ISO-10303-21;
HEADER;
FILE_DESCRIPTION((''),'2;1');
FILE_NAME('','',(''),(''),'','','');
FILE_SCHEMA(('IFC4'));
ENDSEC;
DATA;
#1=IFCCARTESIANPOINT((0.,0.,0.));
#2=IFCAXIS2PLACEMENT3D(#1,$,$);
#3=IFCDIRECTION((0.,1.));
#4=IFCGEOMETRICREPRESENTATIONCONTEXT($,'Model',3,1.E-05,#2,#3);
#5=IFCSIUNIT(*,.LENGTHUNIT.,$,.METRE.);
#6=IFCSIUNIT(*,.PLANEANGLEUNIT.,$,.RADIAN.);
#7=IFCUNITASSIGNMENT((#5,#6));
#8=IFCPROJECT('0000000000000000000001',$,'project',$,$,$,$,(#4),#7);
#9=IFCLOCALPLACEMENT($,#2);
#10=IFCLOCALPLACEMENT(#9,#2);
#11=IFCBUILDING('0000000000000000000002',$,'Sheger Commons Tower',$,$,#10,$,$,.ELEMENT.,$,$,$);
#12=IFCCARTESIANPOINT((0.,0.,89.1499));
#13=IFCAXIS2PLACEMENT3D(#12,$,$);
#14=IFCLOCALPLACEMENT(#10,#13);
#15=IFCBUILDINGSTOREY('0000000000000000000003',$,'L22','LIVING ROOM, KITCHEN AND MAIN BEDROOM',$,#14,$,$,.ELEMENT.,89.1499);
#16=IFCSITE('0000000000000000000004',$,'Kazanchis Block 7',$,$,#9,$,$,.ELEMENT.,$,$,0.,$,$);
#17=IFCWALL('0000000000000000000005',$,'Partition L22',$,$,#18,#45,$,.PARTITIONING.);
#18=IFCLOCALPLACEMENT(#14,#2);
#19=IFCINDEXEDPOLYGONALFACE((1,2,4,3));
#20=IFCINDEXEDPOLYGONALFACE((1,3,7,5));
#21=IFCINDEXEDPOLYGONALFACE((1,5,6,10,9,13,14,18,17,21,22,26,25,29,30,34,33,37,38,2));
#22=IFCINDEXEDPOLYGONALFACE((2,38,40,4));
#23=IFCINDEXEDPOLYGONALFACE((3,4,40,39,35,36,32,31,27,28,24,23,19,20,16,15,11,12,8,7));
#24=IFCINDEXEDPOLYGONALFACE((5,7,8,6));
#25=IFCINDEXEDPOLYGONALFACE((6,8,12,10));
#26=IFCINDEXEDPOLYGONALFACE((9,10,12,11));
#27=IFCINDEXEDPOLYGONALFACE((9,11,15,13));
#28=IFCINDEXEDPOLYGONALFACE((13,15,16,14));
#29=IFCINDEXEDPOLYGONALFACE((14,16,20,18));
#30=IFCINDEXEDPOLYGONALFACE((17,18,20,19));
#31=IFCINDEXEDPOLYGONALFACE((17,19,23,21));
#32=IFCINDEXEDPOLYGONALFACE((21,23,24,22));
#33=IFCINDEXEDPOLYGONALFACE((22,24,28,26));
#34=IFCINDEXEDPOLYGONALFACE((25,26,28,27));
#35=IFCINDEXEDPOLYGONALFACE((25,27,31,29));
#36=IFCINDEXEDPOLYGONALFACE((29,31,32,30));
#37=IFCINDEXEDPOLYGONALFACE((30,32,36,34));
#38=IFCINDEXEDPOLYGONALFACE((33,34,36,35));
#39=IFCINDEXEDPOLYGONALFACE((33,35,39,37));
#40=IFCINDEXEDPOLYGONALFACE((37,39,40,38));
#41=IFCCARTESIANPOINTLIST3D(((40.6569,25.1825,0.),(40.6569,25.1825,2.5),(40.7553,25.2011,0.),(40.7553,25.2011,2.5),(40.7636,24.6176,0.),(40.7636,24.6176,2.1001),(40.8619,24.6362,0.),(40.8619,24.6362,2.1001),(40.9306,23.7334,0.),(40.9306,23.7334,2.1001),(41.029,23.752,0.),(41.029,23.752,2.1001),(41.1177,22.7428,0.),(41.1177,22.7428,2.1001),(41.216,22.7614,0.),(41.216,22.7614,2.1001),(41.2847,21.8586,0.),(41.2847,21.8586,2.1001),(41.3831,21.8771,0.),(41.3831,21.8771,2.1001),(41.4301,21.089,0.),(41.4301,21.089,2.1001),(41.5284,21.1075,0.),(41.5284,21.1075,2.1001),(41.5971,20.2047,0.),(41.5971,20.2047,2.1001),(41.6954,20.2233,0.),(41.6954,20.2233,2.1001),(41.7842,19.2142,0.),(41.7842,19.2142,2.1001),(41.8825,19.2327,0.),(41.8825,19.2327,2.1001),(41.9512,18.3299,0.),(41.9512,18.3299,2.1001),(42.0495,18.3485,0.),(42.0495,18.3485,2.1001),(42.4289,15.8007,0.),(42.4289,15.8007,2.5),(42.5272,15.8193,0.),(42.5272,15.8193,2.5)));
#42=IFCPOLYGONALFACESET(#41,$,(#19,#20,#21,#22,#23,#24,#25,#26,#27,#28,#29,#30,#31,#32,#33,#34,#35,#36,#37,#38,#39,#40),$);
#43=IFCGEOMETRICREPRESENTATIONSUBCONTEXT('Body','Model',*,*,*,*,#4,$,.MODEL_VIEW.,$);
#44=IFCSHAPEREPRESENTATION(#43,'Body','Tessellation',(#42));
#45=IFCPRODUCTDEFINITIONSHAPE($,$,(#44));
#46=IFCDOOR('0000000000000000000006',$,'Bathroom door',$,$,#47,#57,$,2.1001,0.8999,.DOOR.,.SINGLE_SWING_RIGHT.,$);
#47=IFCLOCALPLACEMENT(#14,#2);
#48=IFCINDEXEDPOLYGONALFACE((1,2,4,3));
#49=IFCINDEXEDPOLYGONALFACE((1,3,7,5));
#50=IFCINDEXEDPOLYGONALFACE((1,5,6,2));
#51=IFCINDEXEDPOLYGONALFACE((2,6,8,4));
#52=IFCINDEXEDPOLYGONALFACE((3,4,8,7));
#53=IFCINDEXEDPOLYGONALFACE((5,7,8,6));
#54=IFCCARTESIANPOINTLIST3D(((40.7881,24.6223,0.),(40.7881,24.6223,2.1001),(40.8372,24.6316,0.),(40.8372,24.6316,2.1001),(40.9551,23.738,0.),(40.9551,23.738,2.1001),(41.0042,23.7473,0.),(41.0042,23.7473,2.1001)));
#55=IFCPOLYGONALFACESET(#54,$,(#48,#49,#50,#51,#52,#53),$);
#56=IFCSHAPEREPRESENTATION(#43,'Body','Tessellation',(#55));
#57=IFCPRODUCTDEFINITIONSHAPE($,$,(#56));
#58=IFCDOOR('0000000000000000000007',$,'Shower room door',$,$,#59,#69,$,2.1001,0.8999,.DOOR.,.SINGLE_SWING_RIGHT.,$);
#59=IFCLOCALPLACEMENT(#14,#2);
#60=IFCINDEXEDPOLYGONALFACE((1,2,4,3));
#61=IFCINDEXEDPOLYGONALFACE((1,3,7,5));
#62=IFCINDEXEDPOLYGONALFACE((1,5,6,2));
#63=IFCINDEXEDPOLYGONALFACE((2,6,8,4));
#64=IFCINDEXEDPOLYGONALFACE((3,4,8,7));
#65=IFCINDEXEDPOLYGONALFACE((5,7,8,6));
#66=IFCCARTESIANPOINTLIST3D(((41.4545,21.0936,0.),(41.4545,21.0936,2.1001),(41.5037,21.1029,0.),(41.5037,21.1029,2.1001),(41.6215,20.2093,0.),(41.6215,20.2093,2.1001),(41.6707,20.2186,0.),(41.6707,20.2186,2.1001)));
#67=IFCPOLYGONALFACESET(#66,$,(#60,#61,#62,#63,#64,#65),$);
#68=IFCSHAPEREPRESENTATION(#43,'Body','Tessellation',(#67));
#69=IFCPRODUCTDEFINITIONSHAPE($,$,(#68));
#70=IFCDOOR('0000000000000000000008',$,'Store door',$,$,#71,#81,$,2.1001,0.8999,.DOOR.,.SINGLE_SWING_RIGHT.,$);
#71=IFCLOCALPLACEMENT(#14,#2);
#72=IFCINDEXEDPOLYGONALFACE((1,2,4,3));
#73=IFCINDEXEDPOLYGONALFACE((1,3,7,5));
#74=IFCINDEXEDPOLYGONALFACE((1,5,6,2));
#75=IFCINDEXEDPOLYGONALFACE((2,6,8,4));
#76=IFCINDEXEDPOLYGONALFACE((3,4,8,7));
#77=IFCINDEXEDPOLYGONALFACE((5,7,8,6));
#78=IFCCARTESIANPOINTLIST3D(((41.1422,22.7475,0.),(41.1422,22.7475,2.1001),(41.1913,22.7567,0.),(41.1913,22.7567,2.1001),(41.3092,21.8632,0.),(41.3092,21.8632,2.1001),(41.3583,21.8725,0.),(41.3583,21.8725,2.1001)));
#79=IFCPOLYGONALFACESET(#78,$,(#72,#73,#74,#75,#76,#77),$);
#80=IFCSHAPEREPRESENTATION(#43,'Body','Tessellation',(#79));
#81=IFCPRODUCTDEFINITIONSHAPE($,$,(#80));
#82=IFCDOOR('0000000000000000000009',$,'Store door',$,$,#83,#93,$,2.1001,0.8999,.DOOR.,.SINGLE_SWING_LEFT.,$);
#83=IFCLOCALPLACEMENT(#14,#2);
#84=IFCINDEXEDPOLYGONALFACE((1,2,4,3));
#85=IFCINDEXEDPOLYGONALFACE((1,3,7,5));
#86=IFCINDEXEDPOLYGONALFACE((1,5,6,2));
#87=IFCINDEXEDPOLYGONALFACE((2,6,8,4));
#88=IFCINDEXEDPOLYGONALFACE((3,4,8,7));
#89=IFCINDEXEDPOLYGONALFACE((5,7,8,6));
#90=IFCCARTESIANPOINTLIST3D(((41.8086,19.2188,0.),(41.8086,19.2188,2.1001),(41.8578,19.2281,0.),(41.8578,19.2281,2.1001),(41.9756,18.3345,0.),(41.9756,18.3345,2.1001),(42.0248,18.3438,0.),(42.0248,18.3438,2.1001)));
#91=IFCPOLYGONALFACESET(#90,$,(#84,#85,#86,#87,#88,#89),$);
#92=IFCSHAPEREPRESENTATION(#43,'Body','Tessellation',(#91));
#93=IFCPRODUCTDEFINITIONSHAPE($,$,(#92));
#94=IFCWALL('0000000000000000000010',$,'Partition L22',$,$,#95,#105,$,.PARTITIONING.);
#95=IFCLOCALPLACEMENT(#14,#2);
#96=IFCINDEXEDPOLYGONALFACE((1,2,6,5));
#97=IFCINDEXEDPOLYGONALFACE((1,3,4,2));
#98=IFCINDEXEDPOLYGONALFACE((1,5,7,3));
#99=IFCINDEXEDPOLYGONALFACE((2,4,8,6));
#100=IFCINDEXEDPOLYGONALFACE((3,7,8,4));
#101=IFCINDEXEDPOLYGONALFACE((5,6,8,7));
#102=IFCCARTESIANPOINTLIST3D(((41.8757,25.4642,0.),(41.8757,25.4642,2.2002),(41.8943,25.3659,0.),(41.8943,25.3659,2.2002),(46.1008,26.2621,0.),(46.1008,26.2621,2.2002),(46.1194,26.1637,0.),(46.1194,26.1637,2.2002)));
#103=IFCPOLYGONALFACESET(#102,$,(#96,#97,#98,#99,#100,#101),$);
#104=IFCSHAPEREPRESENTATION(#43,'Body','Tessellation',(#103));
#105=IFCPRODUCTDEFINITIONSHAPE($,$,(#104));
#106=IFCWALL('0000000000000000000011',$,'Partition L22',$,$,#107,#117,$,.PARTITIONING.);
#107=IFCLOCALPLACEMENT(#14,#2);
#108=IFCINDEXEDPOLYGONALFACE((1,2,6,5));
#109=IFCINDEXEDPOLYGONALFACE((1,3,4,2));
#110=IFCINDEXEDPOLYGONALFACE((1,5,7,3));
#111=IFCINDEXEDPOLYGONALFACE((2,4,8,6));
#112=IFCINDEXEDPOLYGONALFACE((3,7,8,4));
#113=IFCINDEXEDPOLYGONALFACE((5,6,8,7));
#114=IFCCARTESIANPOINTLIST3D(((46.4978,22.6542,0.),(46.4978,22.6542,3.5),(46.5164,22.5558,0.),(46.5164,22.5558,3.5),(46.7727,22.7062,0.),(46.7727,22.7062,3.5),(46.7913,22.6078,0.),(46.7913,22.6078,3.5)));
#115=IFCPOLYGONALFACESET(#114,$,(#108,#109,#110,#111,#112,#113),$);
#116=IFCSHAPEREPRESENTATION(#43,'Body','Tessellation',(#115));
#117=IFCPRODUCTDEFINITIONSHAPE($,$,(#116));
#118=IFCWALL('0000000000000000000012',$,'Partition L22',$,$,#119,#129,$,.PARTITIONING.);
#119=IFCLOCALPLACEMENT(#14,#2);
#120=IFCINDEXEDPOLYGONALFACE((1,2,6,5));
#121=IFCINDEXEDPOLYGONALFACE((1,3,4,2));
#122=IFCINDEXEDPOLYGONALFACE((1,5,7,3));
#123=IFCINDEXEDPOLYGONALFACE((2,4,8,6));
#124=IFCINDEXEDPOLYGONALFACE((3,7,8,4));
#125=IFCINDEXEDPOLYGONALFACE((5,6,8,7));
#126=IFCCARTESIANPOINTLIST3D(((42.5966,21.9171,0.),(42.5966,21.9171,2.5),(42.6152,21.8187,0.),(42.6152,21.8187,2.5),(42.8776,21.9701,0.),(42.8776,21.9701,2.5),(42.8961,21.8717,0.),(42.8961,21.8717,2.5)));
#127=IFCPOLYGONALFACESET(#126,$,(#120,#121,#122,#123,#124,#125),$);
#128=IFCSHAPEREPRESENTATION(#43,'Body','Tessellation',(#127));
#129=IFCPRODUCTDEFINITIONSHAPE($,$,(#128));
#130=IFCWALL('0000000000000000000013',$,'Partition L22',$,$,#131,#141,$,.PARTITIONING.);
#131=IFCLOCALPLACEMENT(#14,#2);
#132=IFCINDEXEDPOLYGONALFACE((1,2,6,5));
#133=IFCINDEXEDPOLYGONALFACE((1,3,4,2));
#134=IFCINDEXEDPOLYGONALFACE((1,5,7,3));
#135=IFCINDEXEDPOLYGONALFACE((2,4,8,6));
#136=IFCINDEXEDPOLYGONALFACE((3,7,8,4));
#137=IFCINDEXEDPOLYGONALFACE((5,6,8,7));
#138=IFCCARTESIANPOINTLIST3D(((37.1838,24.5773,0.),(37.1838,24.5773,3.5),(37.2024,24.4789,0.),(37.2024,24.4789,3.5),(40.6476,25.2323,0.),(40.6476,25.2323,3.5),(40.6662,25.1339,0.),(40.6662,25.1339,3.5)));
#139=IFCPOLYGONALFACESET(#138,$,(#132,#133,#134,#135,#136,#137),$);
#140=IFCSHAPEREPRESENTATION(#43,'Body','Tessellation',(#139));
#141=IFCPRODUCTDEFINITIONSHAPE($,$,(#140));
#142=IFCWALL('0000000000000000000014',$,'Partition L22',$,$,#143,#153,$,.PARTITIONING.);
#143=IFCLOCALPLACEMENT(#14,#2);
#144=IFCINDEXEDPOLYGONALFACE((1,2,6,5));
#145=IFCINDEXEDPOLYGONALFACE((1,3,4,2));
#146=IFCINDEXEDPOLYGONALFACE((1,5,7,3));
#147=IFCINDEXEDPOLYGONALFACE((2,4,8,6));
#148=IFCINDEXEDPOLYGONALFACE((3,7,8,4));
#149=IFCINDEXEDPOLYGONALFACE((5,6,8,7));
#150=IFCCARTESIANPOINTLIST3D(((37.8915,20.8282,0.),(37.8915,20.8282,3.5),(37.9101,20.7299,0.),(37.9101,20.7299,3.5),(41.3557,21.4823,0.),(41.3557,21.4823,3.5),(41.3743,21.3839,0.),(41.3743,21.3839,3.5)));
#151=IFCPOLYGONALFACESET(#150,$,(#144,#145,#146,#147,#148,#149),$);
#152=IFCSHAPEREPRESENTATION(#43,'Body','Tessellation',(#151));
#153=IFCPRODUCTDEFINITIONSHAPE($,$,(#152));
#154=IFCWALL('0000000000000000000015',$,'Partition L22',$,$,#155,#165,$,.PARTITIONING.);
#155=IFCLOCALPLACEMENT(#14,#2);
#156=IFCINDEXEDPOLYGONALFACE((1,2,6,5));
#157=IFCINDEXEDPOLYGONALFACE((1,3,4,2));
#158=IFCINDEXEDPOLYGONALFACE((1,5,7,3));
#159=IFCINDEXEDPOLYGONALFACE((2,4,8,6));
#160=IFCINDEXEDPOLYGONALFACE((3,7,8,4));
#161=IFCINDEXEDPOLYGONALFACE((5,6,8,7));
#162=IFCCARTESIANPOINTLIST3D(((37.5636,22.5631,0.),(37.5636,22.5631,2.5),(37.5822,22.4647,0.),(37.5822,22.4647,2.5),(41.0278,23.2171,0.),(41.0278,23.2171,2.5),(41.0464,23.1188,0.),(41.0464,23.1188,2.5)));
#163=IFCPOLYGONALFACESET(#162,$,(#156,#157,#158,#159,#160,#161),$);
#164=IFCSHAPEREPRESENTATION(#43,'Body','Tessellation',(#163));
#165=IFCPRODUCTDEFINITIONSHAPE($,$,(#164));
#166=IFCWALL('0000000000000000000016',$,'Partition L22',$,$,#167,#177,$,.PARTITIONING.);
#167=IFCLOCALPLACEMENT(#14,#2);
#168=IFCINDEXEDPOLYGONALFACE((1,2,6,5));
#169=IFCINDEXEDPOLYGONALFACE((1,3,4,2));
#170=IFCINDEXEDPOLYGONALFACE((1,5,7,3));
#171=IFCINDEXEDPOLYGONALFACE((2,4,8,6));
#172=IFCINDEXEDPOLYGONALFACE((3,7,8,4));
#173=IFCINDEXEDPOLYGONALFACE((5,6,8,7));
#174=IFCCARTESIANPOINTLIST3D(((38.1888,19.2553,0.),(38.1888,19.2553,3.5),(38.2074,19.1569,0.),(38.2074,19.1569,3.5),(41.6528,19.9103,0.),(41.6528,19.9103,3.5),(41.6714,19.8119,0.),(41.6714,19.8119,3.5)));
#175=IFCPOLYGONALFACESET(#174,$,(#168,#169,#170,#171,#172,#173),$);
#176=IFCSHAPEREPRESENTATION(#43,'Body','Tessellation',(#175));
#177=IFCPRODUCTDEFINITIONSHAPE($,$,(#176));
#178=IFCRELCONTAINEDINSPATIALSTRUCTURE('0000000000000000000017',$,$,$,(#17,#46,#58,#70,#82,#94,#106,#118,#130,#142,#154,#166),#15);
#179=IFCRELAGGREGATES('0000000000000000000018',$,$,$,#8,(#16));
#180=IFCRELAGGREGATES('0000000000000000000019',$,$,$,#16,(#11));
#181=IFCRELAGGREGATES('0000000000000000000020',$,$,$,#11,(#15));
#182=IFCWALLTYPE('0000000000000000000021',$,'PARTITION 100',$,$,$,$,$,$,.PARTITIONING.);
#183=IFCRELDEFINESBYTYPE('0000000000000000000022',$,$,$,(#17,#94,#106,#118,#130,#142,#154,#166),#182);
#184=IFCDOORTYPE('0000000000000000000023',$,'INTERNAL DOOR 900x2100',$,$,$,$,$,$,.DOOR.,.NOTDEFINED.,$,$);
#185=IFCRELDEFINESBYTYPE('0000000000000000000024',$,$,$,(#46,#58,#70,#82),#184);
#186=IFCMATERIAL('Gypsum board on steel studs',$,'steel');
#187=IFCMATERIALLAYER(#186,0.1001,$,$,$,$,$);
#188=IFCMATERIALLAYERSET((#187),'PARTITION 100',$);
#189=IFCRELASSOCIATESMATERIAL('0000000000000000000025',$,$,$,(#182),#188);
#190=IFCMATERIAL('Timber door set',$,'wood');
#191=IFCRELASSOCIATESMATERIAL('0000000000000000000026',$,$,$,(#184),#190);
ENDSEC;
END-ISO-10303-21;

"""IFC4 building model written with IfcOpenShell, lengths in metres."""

from ifc_helpers import new_model, si_unit, direction, frame, frame_2d, origin, place, context, subcontext, project, spatial, rectangle, extrude, material, layer, layer_set, type_object, element, fill, save


model = new_model("IFC4")

# Units and contexts
model_context = context("Model", 3, precision=1e-05, world=origin(), true_north=direction((0.0, 1.0)))
body_context = subcontext(model_context, "Body", "Model", "MODEL_VIEW")
ifc_project = project(units=[si_unit("LENGTHUNIT", "METRE"), si_unit("PLANEANGLEUNIT", "RADIAN")], contexts=[model_context])

# Site, building, storey
site_placement = place(None, origin())
site = spatial("IfcSite", under=ifc_project, at=site_placement, Name="Kazanchis Block 7", CompositionType="ELEMENT", RefElevation=0.0)
building_placement = place(site_placement, origin())
building = spatial("IfcBuilding", under=site, at=building_placement, Name="Sheger Commons Tower", CompositionType="ELEMENT")
storey_placement = place(building_placement, frame((0.0, 0.0, 89.1499)))
storey = spatial("IfcBuildingStorey", under=building, at=storey_placement, Name="L22", Description="LIVING ROOM, KITCHEN AND MAIN BEDROOM", CompositionType="ELEMENT", Elevation=89.1499)

# Wall, openings, doors
ifc_material_1 = material(Name="Gypsum board on steel studs", Category="steel")
ifc_layer = layer(ifc_material_1, 0.1001)
ifc_layer_set = layer_set([ifc_layer], Name="PARTITION 100")
wall_type = type_object("IfcWallType", Name="PARTITION 100", PredefinedType="PARTITIONING", material=ifc_layer_set)
ifc_material_2 = material(Name="Timber door set", Category="wood")
door_type = type_object("IfcDoorType", Name="INTERNAL DOOR 900x2100", OperationType="NOTDEFINED", PredefinedType="DOOR", material=ifc_material_2)
wall_1_placement = place(storey_placement, frame((40.7061, 25.1919, 0.0), z_axis=(0.0, 0.0, 1.0), x_axis=(0.185591, -0.982627, 0.0)))
wall_1 = element("IfcWall", 1, at=wall_1_placement, inside=storey, type_object=wall_type, Name="Partition L22", PredefinedType="PARTITIONING", context=body_context, shape_type="SweptSolid", body=[
    extrude(rectangle(XDim=9.5476, YDim=0.1001, at=frame_2d((4.7739, 0.0))), origin(), (0.0, 0.0, 1.0), 2.5),
])
opening_1_placement = place(wall_1_placement, frame((0.575, 0.0, 0.0)))
opening_1 = element("IfcOpeningElement", 2, at=opening_1_placement, cuts=wall_1, PredefinedType="OPENING", context=body_context, shape_type="SweptSolid", body=[
    extrude(rectangle(XDim=0.8999, YDim=2.1001, at=frame_2d((0.45, 1.05))), frame((0.0, 0.0601, 0.0), z_axis=(0.0, -1.0, 0.0), x_axis=(1.0, 0.0, 0.0)), (0.0, 0.0, 1.0), 0.1201),
])
opening_2_placement = place(wall_1_placement, frame((4.166, 0.0, 0.0)))
opening_2 = element("IfcOpeningElement", 3, at=opening_2_placement, cuts=wall_1, PredefinedType="OPENING", context=body_context, shape_type="SweptSolid", body=[
    extrude(rectangle(XDim=0.8999, YDim=2.1001, at=frame_2d((0.45, 1.05))), frame((0.0, 0.0601, 0.0), z_axis=(0.0, -1.0, 0.0), x_axis=(1.0, 0.0, 0.0)), (0.0, 0.0, 1.0), 0.1201),
])
opening_3_placement = place(wall_1_placement, frame((2.4829, 0.0, 0.0)))
opening_3 = element("IfcOpeningElement", 4, at=opening_3_placement, cuts=wall_1, PredefinedType="OPENING", context=body_context, shape_type="SweptSolid", body=[
    extrude(rectangle(XDim=0.8999, YDim=2.1001, at=frame_2d((0.45, 1.05))), frame((0.0, 0.0601, 0.0), z_axis=(0.0, -1.0, 0.0), x_axis=(1.0, 0.0, 0.0)), (0.0, 0.0, 1.0), 0.1201),
])
opening_4_placement = place(wall_1_placement, frame((6.074, 0.0, 0.0)))
opening_4 = element("IfcOpeningElement", 5, at=opening_4_placement, cuts=wall_1, PredefinedType="OPENING", context=body_context, shape_type="SweptSolid", body=[
    extrude(rectangle(XDim=0.8999, YDim=2.1001, at=frame_2d((0.45, 1.05))), frame((0.0, 0.0601, 0.0), z_axis=(0.0, -1.0, 0.0), x_axis=(1.0, 0.0, 0.0)), (0.0, 0.0, 1.0), 0.1201),
])
door_1_placement = place(opening_1_placement, origin())
door_1 = element("IfcDoor", 6, at=door_1_placement, inside=storey, type_object=door_type, Name="Bathroom door", OperationType="SINGLE_SWING_RIGHT", OverallHeight=2.1001, OverallWidth=0.8999, PredefinedType="DOOR", context=body_context, shape_type="SweptSolid", body=[
    extrude(rectangle(XDim=0.8999, YDim=2.1001, at=frame_2d((0.45, 1.05))), frame((0.0, 0.0249, 0.0), z_axis=(0.0, -1.0, 0.0), x_axis=(1.0, 0.0, 0.0)), (0.0, 0.0, 1.0), 0.05),
])
fill(opening_1, door_1)
door_2_placement = place(opening_2_placement, origin())
door_2 = element("IfcDoor", 7, at=door_2_placement, inside=storey, type_object=door_type, Name="Shower room door", OperationType="SINGLE_SWING_RIGHT", OverallHeight=2.1001, OverallWidth=0.8999, PredefinedType="DOOR", context=body_context, shape_type="SweptSolid", body=[
    extrude(rectangle(XDim=0.8999, YDim=2.1001, at=frame_2d((0.45, 1.05))), frame((0.0, 0.0249, 0.0), z_axis=(0.0, -1.0, 0.0), x_axis=(1.0, 0.0, 0.0)), (0.0, 0.0, 1.0), 0.05),
])
fill(opening_2, door_2)
door_3_placement = place(opening_3_placement, origin())
door_3 = element("IfcDoor", 8, at=door_3_placement, inside=storey, type_object=door_type, Name="Store door", OperationType="SINGLE_SWING_RIGHT", OverallHeight=2.1001, OverallWidth=0.8999, PredefinedType="DOOR", context=body_context, shape_type="SweptSolid", body=[
    extrude(rectangle(XDim=0.8999, YDim=2.1001, at=frame_2d((0.45, 1.05))), frame((0.0, 0.0249, 0.0), z_axis=(0.0, -1.0, 0.0), x_axis=(1.0, 0.0, 0.0)), (0.0, 0.0, 1.0), 0.05),
])
fill(opening_3, door_3)
door_4_placement = place(opening_4_placement, origin())
door_4 = element("IfcDoor", 9, at=door_4_placement, inside=storey, type_object=door_type, Name="Store door", OperationType="SINGLE_SWING_LEFT", OverallHeight=2.1001, OverallWidth=0.8999, PredefinedType="DOOR", context=body_context, shape_type="SweptSolid", body=[
    extrude(rectangle(XDim=0.8999, YDim=2.1001, at=frame_2d((0.45, 1.05))), frame((0.0, 0.0249, 0.0), z_axis=(0.0, -1.0, 0.0), x_axis=(1.0, 0.0, 0.0)), (0.0, 0.0, 1.0), 0.05),
])
fill(opening_4, door_4)

# Walls
wall_2_placement = place(storey_placement, frame((46.1101, 26.2129, 0.0), z_axis=(0.0, 0.0, 1.0), x_axis=(-0.982634, -0.185557, 0.0)))
element("IfcWall", 10, at=wall_2_placement, inside=storey, type_object=wall_type, Name="Partition L22", PredefinedType="PARTITIONING", context=body_context, shape_type="SweptSolid", body=[
    extrude(rectangle(XDim=4.2998, YDim=0.1001, at=frame_2d((2.1499, 0.0))), origin(), (0.0, 0.0, 1.0), 2.2002),
])
wall_3_placement = place(storey_placement, frame((46.782, 22.657, 0.0), z_axis=(0.0, 0.0, 1.0), x_axis=(-0.982575, -0.185869, 0.0)))
element("IfcWall", 11, at=wall_3_placement, inside=storey, type_object=wall_type, Name="Partition L22", PredefinedType="PARTITIONING", context=body_context, shape_type="SweptSolid", body=[
    extrude(rectangle(XDim=0.2798, YDim=0.1001, at=frame_2d((0.1399, 0.0))), origin(), (0.0, 0.0, 1.0), 3.5),
])
wall_4_placement = place(storey_placement, frame((42.887, 21.9209, 0.0), z_axis=(0.0, 0.0, 1.0), x_axis=(-0.982688, -0.185268, 0.0)))
element("IfcWall", 12, at=wall_4_placement, inside=storey, type_object=wall_type, Name="Partition L22", PredefinedType="PARTITIONING", context=body_context, shape_type="SweptSolid", body=[
    extrude(rectangle(XDim=0.2859, YDim=0.1001, at=frame_2d((0.1431, 0.0))), origin(), (0.0, 0.0, 1.0), 2.5),
])
wall_5_placement = place(storey_placement, frame((40.657, 25.1831, 0.0), z_axis=(0.0, 0.0, 1.0), x_axis=(-0.982586, -0.18581, 0.0)))
element("IfcWall", 13, at=wall_5_placement, inside=storey, type_object=wall_type, Name="Partition L22", PredefinedType="PARTITIONING", context=body_context, shape_type="SweptSolid", body=[
    extrude(rectangle(XDim=3.5251, YDim=0.1001, at=frame_2d((1.7627, 0.0))), origin(), (0.0, 0.0, 1.0), 3.5),
])
wall_6_placement = place(storey_placement, frame((41.365, 21.4331, 0.0), z_axis=(0.0, 0.0, 1.0), x_axis=(-0.982639, -0.18553, 0.0)))
element("IfcWall", 14, at=wall_6_placement, inside=storey, type_object=wall_type, Name="Partition L22", PredefinedType="PARTITIONING", context=body_context, shape_type="SweptSolid", body=[
    extrude(rectangle(XDim=3.5254, YDim=0.1001, at=frame_2d((1.7627, 0.0))), origin(), (0.0, 0.0, 1.0), 3.5),
])
wall_7_placement = place(storey_placement, frame((41.0371, 23.168, 0.0), z_axis=(0.0, 0.0, 1.0), x_axis=(-0.982639, -0.18553, 0.0)))
element("IfcWall", 15, at=wall_7_placement, inside=storey, type_object=wall_type, Name="Partition L22", PredefinedType="PARTITIONING", context=body_context, shape_type="SweptSolid", body=[
    extrude(rectangle(XDim=3.5254, YDim=0.1001, at=frame_2d((1.7627, 0.0))), origin(), (0.0, 0.0, 1.0), 2.5),
])
wall_8_placement = place(storey_placement, frame((41.6621, 19.8611, 0.0), z_axis=(0.0, 0.0, 1.0), x_axis=(-0.982588, -0.185798, 0.0)))
element("IfcWall", 16, at=wall_8_placement, inside=storey, type_object=wall_type, Name="Partition L22", PredefinedType="PARTITIONING", context=body_context, shape_type="SweptSolid", body=[
    extrude(rectangle(XDim=3.5254, YDim=0.1001, at=frame_2d((1.7627, 0.0))), origin(), (0.0, 0.0, 1.0), 3.5),
])

save(model, "model.ifc")
